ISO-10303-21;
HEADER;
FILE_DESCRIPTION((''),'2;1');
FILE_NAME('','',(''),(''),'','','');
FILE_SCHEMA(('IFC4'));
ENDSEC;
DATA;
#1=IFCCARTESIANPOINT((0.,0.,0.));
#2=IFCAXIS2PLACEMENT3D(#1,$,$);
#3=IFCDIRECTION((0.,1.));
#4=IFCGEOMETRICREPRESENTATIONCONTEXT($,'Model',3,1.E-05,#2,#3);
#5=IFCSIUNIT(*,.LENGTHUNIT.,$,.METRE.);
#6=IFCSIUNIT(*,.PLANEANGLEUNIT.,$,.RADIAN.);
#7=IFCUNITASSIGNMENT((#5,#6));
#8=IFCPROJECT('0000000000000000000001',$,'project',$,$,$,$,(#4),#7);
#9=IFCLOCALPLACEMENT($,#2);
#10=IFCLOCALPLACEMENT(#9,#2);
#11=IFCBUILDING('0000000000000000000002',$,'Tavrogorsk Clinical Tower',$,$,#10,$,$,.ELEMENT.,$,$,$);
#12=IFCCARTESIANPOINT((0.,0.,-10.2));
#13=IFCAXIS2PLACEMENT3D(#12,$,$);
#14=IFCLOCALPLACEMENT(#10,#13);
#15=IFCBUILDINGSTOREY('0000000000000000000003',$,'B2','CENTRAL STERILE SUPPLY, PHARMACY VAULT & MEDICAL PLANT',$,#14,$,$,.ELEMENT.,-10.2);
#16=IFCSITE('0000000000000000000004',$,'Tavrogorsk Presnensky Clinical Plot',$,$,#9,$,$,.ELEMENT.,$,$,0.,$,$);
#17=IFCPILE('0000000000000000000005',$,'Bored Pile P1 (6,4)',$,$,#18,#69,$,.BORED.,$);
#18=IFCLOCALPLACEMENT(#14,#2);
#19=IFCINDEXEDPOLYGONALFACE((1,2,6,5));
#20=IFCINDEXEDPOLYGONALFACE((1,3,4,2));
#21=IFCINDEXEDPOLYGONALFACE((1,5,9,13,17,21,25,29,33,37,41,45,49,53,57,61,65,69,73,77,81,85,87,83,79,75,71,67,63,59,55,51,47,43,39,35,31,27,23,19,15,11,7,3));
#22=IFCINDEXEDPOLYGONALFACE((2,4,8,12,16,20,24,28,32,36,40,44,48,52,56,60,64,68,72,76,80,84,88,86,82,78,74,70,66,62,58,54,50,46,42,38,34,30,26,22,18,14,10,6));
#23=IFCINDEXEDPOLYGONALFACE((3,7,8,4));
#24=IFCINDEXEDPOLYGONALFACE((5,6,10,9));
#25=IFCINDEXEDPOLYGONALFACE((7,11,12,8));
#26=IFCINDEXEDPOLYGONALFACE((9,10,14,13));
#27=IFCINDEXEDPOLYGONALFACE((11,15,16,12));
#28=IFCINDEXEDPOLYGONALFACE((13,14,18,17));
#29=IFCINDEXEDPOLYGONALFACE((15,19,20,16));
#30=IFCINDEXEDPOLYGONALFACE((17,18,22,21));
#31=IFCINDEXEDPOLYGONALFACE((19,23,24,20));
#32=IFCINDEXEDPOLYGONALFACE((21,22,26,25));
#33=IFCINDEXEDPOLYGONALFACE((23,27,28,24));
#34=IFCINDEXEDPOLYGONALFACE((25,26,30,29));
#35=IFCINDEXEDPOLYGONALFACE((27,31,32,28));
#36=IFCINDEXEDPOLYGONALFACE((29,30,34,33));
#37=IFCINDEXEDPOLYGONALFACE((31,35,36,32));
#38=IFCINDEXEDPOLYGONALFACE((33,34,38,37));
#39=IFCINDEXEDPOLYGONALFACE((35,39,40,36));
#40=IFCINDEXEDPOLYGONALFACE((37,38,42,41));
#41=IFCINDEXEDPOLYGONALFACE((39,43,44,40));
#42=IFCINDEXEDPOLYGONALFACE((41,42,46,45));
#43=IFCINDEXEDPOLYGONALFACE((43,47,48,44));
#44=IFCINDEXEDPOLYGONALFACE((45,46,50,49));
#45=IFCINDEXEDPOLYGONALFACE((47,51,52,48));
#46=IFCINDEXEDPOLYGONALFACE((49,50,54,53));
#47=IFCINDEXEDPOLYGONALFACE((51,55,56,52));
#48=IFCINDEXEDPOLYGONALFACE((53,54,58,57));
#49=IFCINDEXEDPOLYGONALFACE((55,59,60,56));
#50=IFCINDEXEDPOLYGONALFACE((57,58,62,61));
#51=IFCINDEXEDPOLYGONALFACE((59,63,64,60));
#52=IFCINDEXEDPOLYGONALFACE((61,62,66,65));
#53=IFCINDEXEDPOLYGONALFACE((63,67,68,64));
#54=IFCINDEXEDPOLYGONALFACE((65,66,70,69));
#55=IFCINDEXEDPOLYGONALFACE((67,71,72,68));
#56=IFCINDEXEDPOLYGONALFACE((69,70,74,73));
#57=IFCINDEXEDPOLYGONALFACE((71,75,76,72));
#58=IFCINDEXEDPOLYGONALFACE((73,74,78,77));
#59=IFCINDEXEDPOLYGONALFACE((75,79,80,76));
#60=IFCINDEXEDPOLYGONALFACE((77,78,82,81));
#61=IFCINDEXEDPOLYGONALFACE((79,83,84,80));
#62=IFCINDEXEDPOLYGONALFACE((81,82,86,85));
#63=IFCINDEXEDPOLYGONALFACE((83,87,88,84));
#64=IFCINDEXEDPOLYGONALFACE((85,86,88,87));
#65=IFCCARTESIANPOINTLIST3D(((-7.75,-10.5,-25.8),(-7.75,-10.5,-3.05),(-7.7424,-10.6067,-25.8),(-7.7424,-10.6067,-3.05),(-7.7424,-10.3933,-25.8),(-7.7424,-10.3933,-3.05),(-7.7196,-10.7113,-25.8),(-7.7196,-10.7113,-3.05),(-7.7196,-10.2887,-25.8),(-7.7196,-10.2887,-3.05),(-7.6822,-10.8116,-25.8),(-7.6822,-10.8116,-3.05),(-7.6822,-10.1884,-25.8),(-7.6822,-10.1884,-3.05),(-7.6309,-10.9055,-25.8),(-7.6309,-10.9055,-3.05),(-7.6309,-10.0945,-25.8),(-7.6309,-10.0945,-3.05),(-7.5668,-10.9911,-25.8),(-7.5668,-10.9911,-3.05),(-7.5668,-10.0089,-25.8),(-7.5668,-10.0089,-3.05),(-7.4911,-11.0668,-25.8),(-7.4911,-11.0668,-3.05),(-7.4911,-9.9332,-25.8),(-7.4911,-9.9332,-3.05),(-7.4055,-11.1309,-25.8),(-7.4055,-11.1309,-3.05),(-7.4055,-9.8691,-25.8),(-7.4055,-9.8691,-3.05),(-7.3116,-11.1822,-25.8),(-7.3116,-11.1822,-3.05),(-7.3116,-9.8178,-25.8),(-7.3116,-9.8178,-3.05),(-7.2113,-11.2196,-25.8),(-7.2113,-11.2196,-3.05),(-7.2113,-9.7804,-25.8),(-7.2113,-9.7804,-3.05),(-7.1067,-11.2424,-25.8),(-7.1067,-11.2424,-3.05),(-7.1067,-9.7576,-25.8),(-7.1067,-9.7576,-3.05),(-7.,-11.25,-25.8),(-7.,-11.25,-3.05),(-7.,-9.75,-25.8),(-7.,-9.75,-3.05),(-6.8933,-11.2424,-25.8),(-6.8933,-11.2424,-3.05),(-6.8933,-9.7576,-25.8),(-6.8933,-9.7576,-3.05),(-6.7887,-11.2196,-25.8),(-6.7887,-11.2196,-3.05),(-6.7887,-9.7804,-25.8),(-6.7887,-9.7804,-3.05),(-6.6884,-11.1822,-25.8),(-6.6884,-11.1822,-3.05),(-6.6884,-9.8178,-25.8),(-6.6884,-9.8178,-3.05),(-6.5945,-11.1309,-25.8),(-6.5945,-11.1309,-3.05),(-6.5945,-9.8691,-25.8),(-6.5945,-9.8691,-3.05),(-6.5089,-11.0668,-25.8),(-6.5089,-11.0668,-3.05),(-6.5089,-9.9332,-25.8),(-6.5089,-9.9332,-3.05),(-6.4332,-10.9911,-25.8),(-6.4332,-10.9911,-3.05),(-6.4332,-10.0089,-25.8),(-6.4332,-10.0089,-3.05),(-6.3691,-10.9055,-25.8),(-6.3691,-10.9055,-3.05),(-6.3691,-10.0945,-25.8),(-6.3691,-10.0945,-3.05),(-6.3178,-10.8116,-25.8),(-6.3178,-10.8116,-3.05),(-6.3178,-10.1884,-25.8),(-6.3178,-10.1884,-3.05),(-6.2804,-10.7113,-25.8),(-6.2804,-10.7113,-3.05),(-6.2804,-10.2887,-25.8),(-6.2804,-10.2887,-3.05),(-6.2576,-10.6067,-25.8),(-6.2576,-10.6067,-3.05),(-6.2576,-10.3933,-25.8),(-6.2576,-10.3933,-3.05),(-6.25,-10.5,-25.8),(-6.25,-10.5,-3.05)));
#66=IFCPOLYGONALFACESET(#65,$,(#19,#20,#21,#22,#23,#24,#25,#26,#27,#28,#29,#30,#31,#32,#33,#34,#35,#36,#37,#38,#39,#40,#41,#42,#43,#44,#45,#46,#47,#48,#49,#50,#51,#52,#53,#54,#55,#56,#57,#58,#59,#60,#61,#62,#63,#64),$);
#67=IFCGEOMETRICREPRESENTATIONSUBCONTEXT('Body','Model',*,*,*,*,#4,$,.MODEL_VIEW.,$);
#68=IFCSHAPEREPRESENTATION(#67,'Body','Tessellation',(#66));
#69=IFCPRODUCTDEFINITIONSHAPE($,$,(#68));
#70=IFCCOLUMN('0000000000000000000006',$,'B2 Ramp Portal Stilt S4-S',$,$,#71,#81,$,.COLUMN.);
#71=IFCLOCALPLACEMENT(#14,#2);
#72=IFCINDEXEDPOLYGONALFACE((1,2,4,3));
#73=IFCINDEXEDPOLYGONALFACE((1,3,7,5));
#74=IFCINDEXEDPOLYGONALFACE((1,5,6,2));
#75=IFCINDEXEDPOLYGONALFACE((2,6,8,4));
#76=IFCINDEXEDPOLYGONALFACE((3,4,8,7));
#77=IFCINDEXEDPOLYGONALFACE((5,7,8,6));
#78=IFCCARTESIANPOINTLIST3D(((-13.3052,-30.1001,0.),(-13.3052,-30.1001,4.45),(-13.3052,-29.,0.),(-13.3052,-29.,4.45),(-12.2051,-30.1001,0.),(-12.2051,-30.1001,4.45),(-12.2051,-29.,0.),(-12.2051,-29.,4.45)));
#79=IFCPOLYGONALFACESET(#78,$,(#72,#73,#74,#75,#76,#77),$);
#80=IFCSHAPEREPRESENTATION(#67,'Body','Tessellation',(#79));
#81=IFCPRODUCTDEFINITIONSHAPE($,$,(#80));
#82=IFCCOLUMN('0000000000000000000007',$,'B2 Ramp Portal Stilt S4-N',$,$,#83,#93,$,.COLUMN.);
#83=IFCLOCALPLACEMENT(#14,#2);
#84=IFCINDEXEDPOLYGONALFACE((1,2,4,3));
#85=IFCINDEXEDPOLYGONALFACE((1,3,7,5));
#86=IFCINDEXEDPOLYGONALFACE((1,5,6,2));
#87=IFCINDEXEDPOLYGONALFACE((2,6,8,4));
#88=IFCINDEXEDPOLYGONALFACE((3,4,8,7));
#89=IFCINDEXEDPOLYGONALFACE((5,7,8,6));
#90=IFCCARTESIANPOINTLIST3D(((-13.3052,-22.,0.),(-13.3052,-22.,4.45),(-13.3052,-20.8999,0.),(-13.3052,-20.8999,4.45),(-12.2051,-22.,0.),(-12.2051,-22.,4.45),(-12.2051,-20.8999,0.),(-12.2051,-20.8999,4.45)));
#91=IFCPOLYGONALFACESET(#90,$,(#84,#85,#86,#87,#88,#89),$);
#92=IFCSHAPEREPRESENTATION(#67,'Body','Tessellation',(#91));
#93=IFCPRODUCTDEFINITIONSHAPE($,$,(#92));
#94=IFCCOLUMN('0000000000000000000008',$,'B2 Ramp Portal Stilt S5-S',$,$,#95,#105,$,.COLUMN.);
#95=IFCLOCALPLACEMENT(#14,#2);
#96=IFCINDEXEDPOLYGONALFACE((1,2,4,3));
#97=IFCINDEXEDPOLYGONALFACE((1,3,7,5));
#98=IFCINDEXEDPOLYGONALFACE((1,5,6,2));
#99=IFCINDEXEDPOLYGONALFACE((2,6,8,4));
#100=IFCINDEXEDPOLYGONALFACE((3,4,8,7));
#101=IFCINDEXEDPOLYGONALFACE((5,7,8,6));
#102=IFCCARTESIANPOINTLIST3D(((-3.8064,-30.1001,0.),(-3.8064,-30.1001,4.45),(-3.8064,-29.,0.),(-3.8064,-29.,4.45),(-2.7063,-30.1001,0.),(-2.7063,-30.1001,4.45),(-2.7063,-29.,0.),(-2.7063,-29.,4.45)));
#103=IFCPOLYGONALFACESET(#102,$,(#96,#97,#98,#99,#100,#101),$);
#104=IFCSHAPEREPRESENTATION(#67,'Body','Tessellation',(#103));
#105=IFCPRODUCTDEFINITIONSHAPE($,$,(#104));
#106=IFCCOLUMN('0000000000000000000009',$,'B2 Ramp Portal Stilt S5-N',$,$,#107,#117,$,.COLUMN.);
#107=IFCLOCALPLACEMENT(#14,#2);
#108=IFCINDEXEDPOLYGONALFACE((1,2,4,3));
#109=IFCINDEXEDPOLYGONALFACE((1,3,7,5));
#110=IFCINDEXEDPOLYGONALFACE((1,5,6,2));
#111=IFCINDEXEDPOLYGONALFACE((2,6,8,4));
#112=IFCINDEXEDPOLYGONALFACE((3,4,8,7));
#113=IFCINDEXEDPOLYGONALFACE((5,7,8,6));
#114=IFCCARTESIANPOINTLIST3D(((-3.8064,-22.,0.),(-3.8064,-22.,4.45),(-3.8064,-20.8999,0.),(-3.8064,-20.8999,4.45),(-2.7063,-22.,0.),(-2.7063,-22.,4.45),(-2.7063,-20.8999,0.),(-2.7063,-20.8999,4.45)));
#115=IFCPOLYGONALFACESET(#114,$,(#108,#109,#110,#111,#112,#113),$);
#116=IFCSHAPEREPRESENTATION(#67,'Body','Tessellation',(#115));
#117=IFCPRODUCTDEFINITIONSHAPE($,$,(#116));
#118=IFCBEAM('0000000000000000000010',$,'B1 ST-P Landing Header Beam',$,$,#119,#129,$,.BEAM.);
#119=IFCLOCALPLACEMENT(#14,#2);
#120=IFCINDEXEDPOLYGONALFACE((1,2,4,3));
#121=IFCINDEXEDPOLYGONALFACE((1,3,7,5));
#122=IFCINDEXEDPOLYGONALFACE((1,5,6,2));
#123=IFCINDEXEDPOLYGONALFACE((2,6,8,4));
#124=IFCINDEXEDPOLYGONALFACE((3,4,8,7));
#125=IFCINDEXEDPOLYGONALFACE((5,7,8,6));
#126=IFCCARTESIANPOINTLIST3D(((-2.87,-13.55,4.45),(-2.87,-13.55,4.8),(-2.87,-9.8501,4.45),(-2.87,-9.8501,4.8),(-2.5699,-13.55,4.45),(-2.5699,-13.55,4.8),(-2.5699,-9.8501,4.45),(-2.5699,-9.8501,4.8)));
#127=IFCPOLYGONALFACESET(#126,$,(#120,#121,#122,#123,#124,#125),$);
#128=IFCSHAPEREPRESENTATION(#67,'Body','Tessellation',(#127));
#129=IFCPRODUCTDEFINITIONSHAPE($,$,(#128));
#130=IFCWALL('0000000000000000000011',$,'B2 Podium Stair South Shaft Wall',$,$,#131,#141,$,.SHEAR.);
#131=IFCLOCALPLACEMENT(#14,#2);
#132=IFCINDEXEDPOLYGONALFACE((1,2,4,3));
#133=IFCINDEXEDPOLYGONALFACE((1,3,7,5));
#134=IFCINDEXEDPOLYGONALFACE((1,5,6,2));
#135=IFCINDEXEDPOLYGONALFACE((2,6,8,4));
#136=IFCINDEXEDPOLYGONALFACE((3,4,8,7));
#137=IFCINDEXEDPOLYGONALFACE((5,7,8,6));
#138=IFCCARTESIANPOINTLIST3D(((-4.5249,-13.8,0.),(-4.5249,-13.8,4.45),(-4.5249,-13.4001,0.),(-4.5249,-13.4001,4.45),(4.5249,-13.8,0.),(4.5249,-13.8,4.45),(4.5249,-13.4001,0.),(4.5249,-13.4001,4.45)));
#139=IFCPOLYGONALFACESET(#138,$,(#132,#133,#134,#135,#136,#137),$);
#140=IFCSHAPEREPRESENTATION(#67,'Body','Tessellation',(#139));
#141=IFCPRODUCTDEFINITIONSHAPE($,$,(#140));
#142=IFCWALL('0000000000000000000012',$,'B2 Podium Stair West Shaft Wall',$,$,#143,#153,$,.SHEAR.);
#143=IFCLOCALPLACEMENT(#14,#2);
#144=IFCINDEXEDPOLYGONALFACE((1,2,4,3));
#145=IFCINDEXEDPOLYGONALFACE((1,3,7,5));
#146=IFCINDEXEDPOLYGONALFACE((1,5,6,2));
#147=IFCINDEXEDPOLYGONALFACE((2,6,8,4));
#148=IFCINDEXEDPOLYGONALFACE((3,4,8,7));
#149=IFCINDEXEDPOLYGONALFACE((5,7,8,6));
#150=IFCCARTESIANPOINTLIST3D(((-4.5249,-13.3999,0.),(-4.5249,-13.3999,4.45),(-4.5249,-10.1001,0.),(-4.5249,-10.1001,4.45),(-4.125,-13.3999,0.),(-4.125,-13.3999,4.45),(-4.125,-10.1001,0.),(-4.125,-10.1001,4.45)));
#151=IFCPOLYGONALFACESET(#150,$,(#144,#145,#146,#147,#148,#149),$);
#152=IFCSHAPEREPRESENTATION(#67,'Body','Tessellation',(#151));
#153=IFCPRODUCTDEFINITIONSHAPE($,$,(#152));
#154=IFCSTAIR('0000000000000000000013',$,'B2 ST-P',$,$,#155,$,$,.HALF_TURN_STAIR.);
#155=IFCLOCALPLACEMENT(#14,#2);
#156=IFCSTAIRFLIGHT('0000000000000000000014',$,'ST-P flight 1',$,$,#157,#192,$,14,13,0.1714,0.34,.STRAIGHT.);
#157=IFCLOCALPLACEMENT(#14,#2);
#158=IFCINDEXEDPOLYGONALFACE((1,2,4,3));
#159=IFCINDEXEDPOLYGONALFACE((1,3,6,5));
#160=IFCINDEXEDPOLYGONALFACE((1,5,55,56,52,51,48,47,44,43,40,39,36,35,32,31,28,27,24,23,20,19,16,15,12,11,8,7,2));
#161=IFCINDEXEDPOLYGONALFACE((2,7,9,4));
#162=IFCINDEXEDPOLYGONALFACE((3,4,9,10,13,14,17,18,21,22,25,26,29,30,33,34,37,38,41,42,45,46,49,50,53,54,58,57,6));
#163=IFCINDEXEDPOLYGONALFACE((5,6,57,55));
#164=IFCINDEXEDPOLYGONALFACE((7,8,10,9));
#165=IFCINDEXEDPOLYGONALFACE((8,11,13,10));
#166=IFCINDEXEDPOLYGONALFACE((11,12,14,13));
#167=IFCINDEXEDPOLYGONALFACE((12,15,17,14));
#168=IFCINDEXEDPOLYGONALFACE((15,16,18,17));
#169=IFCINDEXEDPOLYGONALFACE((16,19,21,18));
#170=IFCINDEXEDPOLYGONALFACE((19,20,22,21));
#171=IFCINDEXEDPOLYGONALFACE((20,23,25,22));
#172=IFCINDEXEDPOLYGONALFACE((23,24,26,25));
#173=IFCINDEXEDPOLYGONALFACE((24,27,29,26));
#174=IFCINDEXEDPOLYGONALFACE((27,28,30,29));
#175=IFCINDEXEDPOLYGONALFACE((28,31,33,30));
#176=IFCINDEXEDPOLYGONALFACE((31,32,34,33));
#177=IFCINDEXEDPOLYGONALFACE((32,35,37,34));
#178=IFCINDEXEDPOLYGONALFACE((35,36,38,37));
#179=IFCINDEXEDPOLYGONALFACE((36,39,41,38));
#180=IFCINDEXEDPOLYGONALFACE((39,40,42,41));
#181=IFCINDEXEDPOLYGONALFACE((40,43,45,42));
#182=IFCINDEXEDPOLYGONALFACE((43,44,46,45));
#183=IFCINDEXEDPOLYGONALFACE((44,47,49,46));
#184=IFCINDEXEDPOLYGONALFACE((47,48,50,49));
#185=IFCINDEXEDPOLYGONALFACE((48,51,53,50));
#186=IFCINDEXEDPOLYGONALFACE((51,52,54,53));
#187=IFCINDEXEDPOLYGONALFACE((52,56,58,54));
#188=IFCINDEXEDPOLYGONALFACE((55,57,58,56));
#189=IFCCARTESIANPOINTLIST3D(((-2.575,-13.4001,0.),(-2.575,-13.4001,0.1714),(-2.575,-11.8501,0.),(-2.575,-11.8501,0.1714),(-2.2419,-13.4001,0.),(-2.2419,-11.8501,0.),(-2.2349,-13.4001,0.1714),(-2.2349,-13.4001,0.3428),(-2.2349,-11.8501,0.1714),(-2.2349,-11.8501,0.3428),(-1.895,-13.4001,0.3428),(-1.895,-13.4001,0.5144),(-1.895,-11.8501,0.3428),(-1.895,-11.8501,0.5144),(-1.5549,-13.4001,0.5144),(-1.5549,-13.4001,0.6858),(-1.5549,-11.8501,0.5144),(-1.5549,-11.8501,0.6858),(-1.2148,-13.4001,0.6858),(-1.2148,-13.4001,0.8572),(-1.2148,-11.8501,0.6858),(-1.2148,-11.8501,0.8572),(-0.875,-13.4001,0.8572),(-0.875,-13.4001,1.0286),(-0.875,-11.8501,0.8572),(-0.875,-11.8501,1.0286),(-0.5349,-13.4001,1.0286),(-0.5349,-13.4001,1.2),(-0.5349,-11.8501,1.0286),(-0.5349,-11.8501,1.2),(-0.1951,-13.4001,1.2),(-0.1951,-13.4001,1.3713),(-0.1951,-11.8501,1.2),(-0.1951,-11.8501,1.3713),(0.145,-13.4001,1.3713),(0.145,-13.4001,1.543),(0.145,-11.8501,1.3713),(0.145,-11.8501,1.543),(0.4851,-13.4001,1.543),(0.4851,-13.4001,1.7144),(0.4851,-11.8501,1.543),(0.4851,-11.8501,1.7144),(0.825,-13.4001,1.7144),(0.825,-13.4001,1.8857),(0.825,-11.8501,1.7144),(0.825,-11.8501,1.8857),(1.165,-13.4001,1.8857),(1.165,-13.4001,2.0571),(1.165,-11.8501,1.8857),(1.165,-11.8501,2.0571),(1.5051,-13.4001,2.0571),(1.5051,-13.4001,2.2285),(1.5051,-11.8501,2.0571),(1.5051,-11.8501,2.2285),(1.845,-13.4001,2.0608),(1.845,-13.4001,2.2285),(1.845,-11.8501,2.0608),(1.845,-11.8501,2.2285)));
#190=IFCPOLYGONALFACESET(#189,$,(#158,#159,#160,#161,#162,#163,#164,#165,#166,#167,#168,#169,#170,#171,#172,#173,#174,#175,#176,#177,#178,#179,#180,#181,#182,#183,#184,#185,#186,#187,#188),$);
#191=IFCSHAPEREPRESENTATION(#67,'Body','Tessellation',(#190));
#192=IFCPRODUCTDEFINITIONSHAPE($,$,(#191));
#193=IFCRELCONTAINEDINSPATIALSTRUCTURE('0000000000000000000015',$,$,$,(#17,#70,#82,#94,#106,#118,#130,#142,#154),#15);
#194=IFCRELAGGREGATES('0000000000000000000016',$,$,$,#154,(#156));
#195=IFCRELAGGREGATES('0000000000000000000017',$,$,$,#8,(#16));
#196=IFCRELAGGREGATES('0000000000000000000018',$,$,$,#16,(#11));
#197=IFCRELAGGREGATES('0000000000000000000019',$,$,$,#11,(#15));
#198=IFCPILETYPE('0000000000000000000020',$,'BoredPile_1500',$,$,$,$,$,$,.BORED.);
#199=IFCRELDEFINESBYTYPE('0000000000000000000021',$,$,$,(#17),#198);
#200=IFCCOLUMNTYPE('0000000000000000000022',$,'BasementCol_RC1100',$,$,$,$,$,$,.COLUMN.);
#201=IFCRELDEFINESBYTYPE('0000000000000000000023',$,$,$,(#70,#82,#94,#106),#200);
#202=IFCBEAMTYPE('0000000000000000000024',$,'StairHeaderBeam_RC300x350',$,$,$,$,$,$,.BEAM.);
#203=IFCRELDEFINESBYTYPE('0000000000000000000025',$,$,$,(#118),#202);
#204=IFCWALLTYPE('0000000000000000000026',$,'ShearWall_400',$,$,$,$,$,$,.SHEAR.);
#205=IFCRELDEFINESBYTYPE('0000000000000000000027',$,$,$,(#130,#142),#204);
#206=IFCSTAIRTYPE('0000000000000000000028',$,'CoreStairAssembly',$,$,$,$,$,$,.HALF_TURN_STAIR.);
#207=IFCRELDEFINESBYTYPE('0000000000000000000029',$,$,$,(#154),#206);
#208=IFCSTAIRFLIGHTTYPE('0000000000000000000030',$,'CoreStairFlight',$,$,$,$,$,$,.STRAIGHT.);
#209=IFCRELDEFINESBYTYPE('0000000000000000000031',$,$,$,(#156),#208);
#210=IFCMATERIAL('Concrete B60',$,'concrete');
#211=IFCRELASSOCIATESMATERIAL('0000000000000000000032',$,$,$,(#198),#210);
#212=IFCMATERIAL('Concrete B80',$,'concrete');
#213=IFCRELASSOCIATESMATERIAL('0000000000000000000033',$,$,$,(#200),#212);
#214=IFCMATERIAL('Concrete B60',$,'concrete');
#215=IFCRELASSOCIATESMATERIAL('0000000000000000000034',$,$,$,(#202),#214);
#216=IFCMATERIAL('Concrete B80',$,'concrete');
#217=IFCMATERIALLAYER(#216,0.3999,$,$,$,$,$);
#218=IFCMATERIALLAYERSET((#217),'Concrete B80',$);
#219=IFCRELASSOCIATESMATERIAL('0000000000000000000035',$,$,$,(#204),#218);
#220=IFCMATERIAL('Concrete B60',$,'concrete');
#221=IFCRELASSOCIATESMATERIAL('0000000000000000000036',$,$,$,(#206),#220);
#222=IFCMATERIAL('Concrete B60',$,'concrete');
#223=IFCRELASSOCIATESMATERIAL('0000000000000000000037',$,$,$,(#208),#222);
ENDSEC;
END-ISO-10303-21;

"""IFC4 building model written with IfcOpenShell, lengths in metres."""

from ifc_helpers import new_model, si_unit, direction, frame, frame_2d, origin, origin_2d, place, context, subcontext, project, spatial, polyline, rectangle, circle, outline, extrude, material, layer, layer_set, material_profile, profile_set, type_object, element, aggregate, save


model = new_model("IFC4")

# Units and contexts
model_context = context("Model", 3, precision=1e-05, world=origin(), true_north=direction((0.0, 1.0)))
body_context = subcontext(model_context, "Body", "Model", "MODEL_VIEW")
ifc_project = project(units=[si_unit("LENGTHUNIT", "METRE"), si_unit("PLANEANGLEUNIT", "RADIAN")], contexts=[model_context])

# Site, building, storey
site_placement = place(None, origin())
site = spatial("IfcSite", under=ifc_project, at=site_placement, Name="Tavrogorsk Presnensky Clinical Plot", CompositionType="ELEMENT", RefElevation=0.0)
building_placement = place(site_placement, origin())
building = spatial("IfcBuilding", under=site, at=building_placement, Name="Tavrogorsk Clinical Tower", CompositionType="ELEMENT")
storey_placement = place(building_placement, frame((0.0, 0.0, -10.2)))
storey = spatial("IfcBuildingStorey", under=building, at=storey_placement, Name="B2", Description="CENTRAL STERILE SUPPLY, PHARMACY VAULT & MEDICAL PLANT", CompositionType="ELEMENT", Elevation=-10.2)

# Pile
ifc_material_1 = material(Name="Concrete B60", Category="concrete")
ifc_material_profile_1 = material_profile(ifc_material_1, circle(Radius=0.75, at=origin_2d()), Name="BORED-PILE-1500")
ifc_profile_set_1 = profile_set([ifc_material_profile_1], Name="Concrete B60")
pile_type_1 = type_object("IfcPileType", Name="BoredPile_1500", PredefinedType="BORED", material=ifc_profile_set_1)
for number, where, z_axis, x_axis, name in (
    (1, (-7.0, -10.5, -3.05), (0.0, 0.0, -1.0), (1.0, 0.0, 0.0), "Bored Pile P1 (6,4)"),
):
    element("IfcPile", number, at=place(storey_placement, frame(where, z_axis=z_axis, x_axis=x_axis)), inside=storey, type_object=pile_type_1, Name=name, PredefinedType="BORED", context=body_context, shape_type="SweptSolid", body=[
        extrude(circle(Radius=0.75, at=origin_2d()), origin(), (0.0, 0.0, 1.0), 22.75),
    ])

# Columns
ifc_material_2 = material(Name="Concrete B80", Category="concrete")
ifc_material_profile_2 = material_profile(ifc_material_2, rectangle(XDim=1.1001, YDim=1.1001, at=origin_2d()), Name="RC-COL-1100x1100")
ifc_profile_set_2 = profile_set([ifc_material_profile_2], Name="Concrete B80")
column_type = type_object("IfcColumnType", Name="BasementCol_RC1100", PredefinedType="COLUMN", material=ifc_profile_set_2)
for number, where, z_axis, x_axis, name in (
    (2, (-12.7551, -29.55, 0.0), (0.0, 0.0, 1.0), (1.0, 0.0, 0.0), "B2 Ramp Portal Stilt S4-S"),
    (3, (-12.7551, -21.45, 0.0), (0.0, 0.0, 1.0), (1.0, 0.0, 0.0), "B2 Ramp Portal Stilt S4-N"),
    (4, (-3.2563, -29.55, 0.0), (0.0, 0.0, 1.0), (1.0, 0.0, 0.0), "B2 Ramp Portal Stilt S5-S"),
    (5, (-3.2563, -21.45, 0.0), (0.0, 0.0, 1.0), (1.0, 0.0, 0.0), "B2 Ramp Portal Stilt S5-N"),
):
    element("IfcColumn", number, at=place(storey_placement, frame(where, z_axis=z_axis, x_axis=x_axis)), inside=storey, type_object=column_type, Name=name, PredefinedType="COLUMN", context=body_context, shape_type="SweptSolid", body=[
        extrude(rectangle(XDim=1.1001, YDim=1.1001, at=origin_2d()), origin(), (0.0, 0.0, 1.0), 4.45),
    ])

# Beam
ifc_material_3 = material(Name="Concrete B60", Category="concrete")
ifc_material_profile_3 = material_profile(ifc_material_3, rectangle(XDim=0.3, YDim=0.3501, at=origin_2d()), Name="RC-SHB-300x350")
ifc_profile_set_3 = profile_set([ifc_material_profile_3], Name="Concrete B60")
beam_type = type_object("IfcBeamType", Name="StairHeaderBeam_RC300x350", PredefinedType="BEAM", material=ifc_profile_set_3)
beam_placement = place(storey_placement, frame((-2.72, -13.55, 4.625), z_axis=(0.0, 1.0, 0.0), x_axis=(-1.0, 0.0, 0.0)))
element("IfcBeam", 6, at=beam_placement, inside=storey, type_object=beam_type, Name="B1 ST-P Landing Header Beam", PredefinedType="BEAM", context=body_context, shape_type="SweptSolid", body=[
    extrude(rectangle(XDim=0.3, YDim=0.3501, at=origin_2d()), origin(), (0.0, 0.0, 1.0), 3.7),
])

# Walls
ifc_material_4 = material(Name="Concrete B80", Category="concrete")
ifc_layer_1 = layer(ifc_material_4, 0.3999)
ifc_layer_set_1 = layer_set([ifc_layer_1], Name="Concrete B80")
wall_type = type_object("IfcWallType", Name="ShearWall_400", PredefinedType="SHEAR", material=ifc_layer_set_1)
wall_1_placement = place(storey_placement, frame((-4.5249, -13.6001, 0.0), z_axis=(0.0, 0.0, 1.0), x_axis=(1.0, 0.0, 0.0)))
element("IfcWall", 7, at=wall_1_placement, inside=storey, type_object=wall_type, Name="B2 Podium Stair South Shaft Wall", PredefinedType="SHEAR", context=body_context, shape_type="SweptSolid", body=[
    extrude(rectangle(XDim=9.0498, YDim=0.3999, at=frame_2d((4.5249, 0.0))), origin(), (0.0, 0.0, 1.0), 4.45),
])
wall_2_placement = place(storey_placement, frame((-4.325, -13.3999, 0.0), z_axis=(0.0, 0.0, 1.0), x_axis=(0.0, 1.0, 0.0)))
element("IfcWall", 8, at=wall_2_placement, inside=storey, type_object=wall_type, Name="B2 Podium Stair West Shaft Wall", PredefinedType="SHEAR", context=body_context, shape_type="SweptSolid", body=[
    extrude(rectangle(XDim=3.2998, YDim=0.3999, at=frame_2d((1.6499, 0.0))), origin(), (0.0, 0.0, 1.0), 4.45),
])

# Stair, stair flight
ifc_material_5 = material(Name="Concrete B60", Category="concrete")
stair_type = type_object("IfcStairType", Name="CoreStairAssembly", PredefinedType="HALF_TURN_STAIR", material=ifc_material_5)
stair_placement = place(storey_placement, origin())
stair = element("IfcStair", 9, at=stair_placement, inside=storey, type_object=stair_type, Name="B2 ST-P", PredefinedType="HALF_TURN_STAIR")
ifc_material_6 = material(Name="Concrete B60", Category="concrete")
stair_flight_type = type_object("IfcStairFlightType", Name="CoreStairFlight", PredefinedType="STRAIGHT", material=ifc_material_6)
stair_flight_placement = place(storey_placement, frame((-2.575, -12.625, 0.0), z_axis=(0.0, 0.0, 1.0), x_axis=(1.0, 0.0, 0.0)))
stair_flight = element("IfcStairFlight", 10, at=stair_flight_placement, type_object=stair_flight_type, Name="ST-P flight 1", NumberOfRisers=14, NumberOfTreads=13, PredefinedType="STRAIGHT", RiserHeight=0.1714, TreadLength=0.34, context=body_context, shape_type="SweptSolid", body=[
    extrude(outline(polyline([(0.0, 0.0), (0.0, 0.1714), (0.3401, 0.1714), (0.3401, 0.3428), (0.6799, 0.3428), (0.6799, 0.5144), (1.02, 0.5144), (1.02, 0.6858), (1.3601, 0.6858), (1.3601, 0.8572), (1.7, 0.8572), (1.7, 1.0286), (2.04, 1.0286), (2.04, 1.2), (2.3799, 1.2), (2.3799, 1.3713), (2.72, 1.3713), (2.72, 1.543), (3.0601, 1.543), (3.0601, 1.7144), (3.3999, 1.7144), (3.3999, 1.8857), (3.74, 1.8857), (3.74, 2.0571), (4.0801, 2.0571), (4.0801, 2.2285), (4.4199, 2.2285), (4.4199, 2.3999), (4.4199, 2.0608), (0.333, 0.0), (0.0, 0.0)])), frame((0.0, 0.7749, 0.0), z_axis=(0.0, -1.0, 0.0), x_axis=(1.0, 0.0, 0.0)), (0.0, 0.0, 1.0), 1.55),
])
aggregate(stair, [stair_flight])

save(model, "model.ifc")
